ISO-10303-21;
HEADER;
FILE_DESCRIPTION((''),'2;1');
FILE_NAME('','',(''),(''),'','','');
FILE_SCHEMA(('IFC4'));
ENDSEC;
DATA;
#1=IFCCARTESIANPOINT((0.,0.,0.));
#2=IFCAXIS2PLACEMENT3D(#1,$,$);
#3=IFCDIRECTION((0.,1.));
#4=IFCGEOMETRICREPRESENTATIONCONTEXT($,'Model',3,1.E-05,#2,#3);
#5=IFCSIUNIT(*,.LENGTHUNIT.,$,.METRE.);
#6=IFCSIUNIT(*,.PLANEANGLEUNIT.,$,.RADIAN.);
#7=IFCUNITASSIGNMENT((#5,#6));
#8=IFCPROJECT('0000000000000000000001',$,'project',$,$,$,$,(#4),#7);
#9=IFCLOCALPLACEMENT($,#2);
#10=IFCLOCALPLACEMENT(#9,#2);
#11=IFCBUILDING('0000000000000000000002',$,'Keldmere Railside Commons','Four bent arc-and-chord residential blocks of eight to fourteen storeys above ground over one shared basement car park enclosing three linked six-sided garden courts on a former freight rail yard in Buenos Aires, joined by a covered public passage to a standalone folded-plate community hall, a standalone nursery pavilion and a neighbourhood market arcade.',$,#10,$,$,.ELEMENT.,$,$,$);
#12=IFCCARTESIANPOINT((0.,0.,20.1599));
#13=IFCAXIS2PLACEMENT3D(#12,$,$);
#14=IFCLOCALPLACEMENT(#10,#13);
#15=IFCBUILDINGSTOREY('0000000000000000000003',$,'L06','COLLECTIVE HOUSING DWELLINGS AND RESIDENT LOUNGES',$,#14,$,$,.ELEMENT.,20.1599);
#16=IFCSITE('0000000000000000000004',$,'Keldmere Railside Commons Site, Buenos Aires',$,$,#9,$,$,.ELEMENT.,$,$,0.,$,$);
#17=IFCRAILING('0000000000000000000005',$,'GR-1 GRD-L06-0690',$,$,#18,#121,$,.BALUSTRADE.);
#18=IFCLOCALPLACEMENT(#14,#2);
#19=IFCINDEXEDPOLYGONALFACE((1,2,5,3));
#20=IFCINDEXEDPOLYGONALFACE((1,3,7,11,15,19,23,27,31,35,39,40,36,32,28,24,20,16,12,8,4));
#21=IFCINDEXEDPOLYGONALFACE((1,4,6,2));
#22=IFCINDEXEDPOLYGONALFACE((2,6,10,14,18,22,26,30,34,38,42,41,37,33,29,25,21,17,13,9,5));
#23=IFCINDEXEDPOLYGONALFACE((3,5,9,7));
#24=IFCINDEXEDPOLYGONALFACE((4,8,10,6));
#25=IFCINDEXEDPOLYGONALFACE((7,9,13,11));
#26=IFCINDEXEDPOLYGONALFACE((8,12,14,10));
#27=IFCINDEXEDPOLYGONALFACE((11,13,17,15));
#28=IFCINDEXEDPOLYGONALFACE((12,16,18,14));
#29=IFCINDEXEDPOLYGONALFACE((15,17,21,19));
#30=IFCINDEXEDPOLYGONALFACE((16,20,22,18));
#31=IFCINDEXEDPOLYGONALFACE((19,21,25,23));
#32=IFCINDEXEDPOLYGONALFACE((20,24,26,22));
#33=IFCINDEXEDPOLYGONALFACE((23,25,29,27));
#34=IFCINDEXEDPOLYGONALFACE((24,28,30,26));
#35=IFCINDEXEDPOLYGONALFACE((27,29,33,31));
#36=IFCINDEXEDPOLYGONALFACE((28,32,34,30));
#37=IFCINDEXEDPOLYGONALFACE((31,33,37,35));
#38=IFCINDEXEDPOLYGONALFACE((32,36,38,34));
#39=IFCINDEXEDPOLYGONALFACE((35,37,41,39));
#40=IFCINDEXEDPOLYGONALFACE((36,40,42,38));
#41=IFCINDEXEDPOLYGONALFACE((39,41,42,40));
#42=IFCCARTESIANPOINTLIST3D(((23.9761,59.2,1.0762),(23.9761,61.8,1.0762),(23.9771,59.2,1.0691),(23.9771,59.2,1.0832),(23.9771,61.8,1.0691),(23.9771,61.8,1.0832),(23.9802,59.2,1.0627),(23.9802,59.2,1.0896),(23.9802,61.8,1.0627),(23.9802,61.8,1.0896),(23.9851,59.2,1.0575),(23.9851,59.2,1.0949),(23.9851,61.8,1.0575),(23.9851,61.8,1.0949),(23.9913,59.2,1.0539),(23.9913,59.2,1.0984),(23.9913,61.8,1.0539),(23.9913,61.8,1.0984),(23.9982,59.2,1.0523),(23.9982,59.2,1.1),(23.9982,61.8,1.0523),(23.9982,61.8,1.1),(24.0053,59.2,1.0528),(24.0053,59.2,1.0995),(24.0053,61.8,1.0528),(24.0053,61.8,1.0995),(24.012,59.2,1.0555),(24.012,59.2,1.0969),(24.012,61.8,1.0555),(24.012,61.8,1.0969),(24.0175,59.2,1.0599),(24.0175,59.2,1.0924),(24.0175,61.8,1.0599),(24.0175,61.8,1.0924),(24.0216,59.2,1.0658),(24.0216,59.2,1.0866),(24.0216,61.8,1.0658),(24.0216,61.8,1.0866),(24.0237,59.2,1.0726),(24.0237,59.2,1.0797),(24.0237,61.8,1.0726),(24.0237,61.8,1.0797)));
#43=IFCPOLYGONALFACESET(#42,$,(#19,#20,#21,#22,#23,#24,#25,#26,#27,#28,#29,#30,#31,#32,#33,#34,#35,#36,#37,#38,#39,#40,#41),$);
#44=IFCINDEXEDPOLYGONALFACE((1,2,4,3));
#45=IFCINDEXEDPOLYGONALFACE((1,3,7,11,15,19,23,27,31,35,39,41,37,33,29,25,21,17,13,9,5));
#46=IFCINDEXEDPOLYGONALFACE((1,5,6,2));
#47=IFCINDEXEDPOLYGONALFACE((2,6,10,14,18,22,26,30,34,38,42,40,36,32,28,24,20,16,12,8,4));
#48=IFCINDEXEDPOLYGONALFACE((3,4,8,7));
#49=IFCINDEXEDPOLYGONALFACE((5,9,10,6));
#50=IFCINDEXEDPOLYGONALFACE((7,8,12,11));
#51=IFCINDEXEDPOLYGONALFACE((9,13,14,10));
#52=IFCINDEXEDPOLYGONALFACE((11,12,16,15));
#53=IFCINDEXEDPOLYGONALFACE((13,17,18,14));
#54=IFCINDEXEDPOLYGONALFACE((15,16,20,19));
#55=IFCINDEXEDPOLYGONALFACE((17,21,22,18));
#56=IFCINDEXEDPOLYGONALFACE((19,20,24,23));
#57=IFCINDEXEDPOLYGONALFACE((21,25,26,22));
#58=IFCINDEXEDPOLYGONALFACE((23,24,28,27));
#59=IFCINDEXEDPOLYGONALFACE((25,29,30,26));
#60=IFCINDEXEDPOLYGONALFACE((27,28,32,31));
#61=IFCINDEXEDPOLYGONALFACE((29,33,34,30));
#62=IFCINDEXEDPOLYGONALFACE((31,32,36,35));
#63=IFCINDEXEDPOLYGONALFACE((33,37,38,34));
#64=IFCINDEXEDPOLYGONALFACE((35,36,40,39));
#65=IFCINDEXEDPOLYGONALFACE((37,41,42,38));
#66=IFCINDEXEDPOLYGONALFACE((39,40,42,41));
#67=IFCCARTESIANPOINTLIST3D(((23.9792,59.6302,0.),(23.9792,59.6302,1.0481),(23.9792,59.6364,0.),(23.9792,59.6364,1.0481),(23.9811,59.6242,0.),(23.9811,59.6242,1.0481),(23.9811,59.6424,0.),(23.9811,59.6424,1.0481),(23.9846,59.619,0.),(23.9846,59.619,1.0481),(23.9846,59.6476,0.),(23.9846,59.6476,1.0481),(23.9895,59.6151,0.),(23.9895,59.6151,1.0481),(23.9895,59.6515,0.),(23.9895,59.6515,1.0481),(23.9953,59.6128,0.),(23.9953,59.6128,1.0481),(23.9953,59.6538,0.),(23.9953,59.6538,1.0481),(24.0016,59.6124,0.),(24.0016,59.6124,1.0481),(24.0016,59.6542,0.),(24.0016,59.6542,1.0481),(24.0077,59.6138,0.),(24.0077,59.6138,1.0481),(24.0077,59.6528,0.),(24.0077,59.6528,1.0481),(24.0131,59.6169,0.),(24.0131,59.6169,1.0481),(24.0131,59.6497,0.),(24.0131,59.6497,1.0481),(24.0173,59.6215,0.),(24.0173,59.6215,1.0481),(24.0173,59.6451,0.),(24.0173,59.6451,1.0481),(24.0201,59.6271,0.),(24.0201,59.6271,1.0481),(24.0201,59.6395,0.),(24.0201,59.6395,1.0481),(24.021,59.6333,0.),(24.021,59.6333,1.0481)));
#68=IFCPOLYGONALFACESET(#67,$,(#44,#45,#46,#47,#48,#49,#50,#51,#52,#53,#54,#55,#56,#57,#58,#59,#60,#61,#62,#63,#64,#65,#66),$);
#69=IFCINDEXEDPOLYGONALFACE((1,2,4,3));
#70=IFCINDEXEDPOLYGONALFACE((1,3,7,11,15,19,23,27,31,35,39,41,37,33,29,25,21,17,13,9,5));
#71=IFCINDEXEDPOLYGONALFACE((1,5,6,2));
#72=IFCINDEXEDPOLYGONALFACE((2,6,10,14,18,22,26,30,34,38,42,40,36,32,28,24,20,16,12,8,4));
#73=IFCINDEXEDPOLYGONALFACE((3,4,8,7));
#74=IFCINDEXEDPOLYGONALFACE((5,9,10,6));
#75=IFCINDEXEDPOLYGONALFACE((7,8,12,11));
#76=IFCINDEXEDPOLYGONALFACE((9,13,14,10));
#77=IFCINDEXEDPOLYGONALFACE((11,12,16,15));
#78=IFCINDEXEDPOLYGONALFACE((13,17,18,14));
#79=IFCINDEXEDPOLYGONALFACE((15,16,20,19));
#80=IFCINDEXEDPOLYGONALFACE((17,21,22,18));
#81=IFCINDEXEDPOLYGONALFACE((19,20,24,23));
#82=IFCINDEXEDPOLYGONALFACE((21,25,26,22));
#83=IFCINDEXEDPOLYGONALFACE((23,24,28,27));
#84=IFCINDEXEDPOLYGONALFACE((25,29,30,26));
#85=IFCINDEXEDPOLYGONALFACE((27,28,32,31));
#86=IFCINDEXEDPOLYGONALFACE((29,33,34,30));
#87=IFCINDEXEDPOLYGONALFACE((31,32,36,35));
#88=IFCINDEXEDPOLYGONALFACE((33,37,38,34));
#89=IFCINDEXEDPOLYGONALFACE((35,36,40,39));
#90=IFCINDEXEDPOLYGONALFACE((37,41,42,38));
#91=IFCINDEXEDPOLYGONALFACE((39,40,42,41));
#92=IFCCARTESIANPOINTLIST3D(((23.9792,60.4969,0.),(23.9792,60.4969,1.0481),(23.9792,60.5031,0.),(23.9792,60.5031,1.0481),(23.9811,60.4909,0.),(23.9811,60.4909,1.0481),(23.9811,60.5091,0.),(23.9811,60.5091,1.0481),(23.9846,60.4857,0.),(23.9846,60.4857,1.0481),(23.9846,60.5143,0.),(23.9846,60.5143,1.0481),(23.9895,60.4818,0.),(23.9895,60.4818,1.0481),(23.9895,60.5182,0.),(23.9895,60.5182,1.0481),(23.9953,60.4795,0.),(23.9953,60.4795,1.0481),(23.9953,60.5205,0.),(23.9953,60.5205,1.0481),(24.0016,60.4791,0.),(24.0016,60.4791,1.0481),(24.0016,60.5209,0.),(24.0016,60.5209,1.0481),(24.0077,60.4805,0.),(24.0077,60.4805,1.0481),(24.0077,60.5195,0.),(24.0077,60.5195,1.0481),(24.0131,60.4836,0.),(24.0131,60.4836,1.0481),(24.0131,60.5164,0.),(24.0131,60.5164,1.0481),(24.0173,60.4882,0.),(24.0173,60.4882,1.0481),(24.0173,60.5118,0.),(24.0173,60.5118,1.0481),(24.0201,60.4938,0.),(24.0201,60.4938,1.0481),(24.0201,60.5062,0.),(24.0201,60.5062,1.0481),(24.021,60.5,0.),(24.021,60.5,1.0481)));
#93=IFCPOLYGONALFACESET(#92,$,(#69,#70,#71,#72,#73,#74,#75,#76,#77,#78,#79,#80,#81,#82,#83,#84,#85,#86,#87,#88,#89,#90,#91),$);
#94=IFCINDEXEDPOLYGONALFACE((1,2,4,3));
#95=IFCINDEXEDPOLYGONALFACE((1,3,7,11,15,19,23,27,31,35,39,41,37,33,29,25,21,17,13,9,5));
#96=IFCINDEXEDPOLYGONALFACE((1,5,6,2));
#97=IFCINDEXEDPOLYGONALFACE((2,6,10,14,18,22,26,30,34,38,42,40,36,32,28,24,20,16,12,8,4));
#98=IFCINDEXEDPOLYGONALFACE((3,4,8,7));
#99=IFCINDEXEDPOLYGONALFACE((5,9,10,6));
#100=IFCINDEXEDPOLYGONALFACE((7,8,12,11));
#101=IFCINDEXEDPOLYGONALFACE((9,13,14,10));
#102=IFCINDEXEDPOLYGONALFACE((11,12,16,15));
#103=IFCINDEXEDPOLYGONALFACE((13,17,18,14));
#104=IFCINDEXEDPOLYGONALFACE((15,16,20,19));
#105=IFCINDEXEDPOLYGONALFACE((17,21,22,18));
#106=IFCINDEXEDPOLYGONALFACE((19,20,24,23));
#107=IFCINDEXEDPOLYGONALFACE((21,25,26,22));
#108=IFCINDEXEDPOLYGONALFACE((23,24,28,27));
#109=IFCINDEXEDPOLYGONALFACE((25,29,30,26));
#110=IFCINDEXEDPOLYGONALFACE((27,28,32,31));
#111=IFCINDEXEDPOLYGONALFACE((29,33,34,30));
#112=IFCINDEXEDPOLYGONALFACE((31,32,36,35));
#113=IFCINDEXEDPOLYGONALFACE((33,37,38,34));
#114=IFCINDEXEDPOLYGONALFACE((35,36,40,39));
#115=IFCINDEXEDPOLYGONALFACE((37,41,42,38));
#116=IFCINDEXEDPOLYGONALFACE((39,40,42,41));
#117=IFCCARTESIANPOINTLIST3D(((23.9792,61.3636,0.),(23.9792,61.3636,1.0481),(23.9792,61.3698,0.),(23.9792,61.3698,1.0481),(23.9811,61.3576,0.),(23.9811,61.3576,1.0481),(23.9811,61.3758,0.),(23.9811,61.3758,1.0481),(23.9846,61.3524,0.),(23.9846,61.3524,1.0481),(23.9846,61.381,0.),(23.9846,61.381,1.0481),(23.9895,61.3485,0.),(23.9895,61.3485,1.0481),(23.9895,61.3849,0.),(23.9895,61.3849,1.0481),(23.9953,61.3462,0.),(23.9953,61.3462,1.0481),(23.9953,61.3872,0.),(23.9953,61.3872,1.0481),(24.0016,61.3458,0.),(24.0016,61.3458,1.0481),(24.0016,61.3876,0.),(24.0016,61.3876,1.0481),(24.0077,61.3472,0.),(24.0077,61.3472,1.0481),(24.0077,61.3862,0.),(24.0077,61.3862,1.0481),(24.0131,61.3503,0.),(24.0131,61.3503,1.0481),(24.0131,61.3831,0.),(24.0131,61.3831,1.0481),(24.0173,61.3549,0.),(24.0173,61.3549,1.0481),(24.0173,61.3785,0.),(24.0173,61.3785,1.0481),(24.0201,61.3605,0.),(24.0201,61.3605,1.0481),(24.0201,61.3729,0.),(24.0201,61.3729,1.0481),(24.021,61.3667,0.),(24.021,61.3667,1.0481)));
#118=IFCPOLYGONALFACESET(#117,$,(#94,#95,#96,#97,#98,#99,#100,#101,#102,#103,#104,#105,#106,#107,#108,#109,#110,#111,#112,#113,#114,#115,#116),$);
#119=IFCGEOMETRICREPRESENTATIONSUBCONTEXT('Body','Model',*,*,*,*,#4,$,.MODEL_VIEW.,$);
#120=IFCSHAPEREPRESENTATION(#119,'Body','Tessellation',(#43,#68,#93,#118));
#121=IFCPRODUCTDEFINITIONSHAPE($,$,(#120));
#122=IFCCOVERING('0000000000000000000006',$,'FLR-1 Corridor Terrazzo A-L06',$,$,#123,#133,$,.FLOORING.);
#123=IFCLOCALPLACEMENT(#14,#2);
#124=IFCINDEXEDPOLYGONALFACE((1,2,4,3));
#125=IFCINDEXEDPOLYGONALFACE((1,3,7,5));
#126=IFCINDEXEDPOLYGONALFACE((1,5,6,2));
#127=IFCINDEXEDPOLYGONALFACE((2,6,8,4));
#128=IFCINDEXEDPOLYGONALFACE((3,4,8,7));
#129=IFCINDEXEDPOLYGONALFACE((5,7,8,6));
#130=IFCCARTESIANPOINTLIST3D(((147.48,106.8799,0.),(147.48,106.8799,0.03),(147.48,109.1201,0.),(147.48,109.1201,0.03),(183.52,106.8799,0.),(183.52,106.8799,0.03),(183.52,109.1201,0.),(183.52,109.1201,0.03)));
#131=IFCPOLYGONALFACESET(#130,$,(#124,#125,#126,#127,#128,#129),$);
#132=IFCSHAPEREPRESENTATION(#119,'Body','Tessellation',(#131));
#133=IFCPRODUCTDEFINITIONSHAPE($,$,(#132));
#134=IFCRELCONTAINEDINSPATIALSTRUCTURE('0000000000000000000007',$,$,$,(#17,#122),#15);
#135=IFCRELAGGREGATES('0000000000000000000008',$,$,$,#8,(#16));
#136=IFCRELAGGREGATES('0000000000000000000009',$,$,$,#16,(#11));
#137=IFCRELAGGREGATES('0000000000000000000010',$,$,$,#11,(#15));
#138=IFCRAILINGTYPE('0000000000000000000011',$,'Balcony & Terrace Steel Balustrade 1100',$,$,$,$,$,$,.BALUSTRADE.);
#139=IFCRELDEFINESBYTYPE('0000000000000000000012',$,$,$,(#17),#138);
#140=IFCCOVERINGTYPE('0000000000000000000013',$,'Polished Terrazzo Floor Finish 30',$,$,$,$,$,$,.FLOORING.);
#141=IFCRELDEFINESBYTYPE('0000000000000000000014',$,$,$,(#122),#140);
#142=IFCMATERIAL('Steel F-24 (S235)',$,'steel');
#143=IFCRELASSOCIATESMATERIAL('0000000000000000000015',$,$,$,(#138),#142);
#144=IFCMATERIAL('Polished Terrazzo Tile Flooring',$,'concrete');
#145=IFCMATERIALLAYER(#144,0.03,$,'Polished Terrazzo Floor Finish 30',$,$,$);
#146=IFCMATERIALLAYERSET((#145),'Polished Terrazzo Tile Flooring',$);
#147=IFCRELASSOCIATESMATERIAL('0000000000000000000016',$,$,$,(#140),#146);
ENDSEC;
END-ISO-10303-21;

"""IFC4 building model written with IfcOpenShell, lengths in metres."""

from ifc_helpers import new_model, si_unit, direction, frame, origin, origin_2d, place, context, subcontext, project, spatial, polyline, circle, outline, extrude, material, layer, layer_set, type_object, element, save


model = new_model("IFC4")

# Units and contexts
model_context = context("Model", 3, precision=1e-05, world=origin(), true_north=direction((0.0, 1.0)))
body_context = subcontext(model_context, "Body", "Model", "MODEL_VIEW")
ifc_project = project(units=[si_unit("LENGTHUNIT", "METRE"), si_unit("PLANEANGLEUNIT", "RADIAN")], contexts=[model_context])

# Site, building, storey
site_placement = place(None, origin())
site = spatial("IfcSite", under=ifc_project, at=site_placement, Name="Keldmere Railside Commons Site, Buenos Aires", CompositionType="ELEMENT", RefElevation=0.0)
building_placement = place(site_placement, origin())
building = spatial("IfcBuilding", under=site, at=building_placement, Name="Keldmere Railside Commons", Description="Four bent arc-and-chord residential blocks of eight to fourteen storeys above ground over one shared basement car park enclosing three linked six-sided garden courts on a former freight rail yard in Buenos Aires, joined by a covered public passage to a standalone folded-plate community hall, a standalone nursery pavilion and a neighbourhood market arcade.", CompositionType="ELEMENT")
storey_placement = place(building_placement, frame((0.0, 0.0, 20.1599)))
storey = spatial("IfcBuildingStorey", under=building, at=storey_placement, Name="L06", Description="COLLECTIVE HOUSING DWELLINGS AND RESIDENT LOUNGES", CompositionType="ELEMENT", Elevation=20.1599)

# Shared definitions
ifc_material_1 = material(Name="Steel F-24 (S235)", Category="steel")

# Railing
railing_type = type_object("IfcRailingType", Name="Balcony & Terrace Steel Balustrade 1100", PredefinedType="BALUSTRADE", material=ifc_material_1)
railing_1_placement = place(storey_placement, frame((24.0, 59.2, 0.0)))
element("IfcRailing", 1, at=railing_1_placement, inside=storey, type_object=railing_type, Name="GR-1 GRD-L06-0690", PredefinedType="BALUSTRADE", context=body_context, shape_type="SweptSolid", body=[
    extrude(circle(Radius=0.0239, at=origin_2d()), frame((0.0, 0.0, 1.0762), z_axis=(0.0, 1.0, 0.0), x_axis=(-1.0, 0.0, 0.0)), (0.0, 0.0, 1.0), 2.6001),
    extrude(circle(Radius=0.021, at=origin_2d()), frame((0.0, 0.4333, 0.0)), (0.0, 0.0, 1.0), 1.0481),
    extrude(circle(Radius=0.021, at=origin_2d()), frame((0.0, 1.3, 0.0)), (0.0, 0.0, 1.0), 1.0481),
    extrude(circle(Radius=0.021, at=origin_2d()), frame((0.0, 2.1667, 0.0)), (0.0, 0.0, 1.0), 1.0481),
])

# Covering
ifc_material_2 = material(Name="Polished Terrazzo Tile Flooring", Category="concrete")
ifc_layer_1 = layer(ifc_material_2, 0.03, Name="Polished Terrazzo Floor Finish 30")
ifc_layer_set_1 = layer_set([ifc_layer_1], Name="Polished Terrazzo Tile Flooring")
covering_type = type_object("IfcCoveringType", Name="Polished Terrazzo Floor Finish 30", PredefinedType="FLOORING", material=ifc_layer_set_1)
covering_placement = place(storey_placement, origin())
element("IfcCovering", 2, at=covering_placement, inside=storey, type_object=covering_type, Name="FLR-1 Corridor Terrazzo A-L06", PredefinedType="FLOORING", context=body_context, shape_type="SweptSolid", body=[
    extrude(outline(polyline([(147.48, 106.8799), (183.52, 106.8799), (183.52, 109.1201), (147.48, 109.1201), (147.48, 106.8799)])), origin(), (0.0, 0.0, 1.0), 0.03),
])

save(model, "model.ifc")
